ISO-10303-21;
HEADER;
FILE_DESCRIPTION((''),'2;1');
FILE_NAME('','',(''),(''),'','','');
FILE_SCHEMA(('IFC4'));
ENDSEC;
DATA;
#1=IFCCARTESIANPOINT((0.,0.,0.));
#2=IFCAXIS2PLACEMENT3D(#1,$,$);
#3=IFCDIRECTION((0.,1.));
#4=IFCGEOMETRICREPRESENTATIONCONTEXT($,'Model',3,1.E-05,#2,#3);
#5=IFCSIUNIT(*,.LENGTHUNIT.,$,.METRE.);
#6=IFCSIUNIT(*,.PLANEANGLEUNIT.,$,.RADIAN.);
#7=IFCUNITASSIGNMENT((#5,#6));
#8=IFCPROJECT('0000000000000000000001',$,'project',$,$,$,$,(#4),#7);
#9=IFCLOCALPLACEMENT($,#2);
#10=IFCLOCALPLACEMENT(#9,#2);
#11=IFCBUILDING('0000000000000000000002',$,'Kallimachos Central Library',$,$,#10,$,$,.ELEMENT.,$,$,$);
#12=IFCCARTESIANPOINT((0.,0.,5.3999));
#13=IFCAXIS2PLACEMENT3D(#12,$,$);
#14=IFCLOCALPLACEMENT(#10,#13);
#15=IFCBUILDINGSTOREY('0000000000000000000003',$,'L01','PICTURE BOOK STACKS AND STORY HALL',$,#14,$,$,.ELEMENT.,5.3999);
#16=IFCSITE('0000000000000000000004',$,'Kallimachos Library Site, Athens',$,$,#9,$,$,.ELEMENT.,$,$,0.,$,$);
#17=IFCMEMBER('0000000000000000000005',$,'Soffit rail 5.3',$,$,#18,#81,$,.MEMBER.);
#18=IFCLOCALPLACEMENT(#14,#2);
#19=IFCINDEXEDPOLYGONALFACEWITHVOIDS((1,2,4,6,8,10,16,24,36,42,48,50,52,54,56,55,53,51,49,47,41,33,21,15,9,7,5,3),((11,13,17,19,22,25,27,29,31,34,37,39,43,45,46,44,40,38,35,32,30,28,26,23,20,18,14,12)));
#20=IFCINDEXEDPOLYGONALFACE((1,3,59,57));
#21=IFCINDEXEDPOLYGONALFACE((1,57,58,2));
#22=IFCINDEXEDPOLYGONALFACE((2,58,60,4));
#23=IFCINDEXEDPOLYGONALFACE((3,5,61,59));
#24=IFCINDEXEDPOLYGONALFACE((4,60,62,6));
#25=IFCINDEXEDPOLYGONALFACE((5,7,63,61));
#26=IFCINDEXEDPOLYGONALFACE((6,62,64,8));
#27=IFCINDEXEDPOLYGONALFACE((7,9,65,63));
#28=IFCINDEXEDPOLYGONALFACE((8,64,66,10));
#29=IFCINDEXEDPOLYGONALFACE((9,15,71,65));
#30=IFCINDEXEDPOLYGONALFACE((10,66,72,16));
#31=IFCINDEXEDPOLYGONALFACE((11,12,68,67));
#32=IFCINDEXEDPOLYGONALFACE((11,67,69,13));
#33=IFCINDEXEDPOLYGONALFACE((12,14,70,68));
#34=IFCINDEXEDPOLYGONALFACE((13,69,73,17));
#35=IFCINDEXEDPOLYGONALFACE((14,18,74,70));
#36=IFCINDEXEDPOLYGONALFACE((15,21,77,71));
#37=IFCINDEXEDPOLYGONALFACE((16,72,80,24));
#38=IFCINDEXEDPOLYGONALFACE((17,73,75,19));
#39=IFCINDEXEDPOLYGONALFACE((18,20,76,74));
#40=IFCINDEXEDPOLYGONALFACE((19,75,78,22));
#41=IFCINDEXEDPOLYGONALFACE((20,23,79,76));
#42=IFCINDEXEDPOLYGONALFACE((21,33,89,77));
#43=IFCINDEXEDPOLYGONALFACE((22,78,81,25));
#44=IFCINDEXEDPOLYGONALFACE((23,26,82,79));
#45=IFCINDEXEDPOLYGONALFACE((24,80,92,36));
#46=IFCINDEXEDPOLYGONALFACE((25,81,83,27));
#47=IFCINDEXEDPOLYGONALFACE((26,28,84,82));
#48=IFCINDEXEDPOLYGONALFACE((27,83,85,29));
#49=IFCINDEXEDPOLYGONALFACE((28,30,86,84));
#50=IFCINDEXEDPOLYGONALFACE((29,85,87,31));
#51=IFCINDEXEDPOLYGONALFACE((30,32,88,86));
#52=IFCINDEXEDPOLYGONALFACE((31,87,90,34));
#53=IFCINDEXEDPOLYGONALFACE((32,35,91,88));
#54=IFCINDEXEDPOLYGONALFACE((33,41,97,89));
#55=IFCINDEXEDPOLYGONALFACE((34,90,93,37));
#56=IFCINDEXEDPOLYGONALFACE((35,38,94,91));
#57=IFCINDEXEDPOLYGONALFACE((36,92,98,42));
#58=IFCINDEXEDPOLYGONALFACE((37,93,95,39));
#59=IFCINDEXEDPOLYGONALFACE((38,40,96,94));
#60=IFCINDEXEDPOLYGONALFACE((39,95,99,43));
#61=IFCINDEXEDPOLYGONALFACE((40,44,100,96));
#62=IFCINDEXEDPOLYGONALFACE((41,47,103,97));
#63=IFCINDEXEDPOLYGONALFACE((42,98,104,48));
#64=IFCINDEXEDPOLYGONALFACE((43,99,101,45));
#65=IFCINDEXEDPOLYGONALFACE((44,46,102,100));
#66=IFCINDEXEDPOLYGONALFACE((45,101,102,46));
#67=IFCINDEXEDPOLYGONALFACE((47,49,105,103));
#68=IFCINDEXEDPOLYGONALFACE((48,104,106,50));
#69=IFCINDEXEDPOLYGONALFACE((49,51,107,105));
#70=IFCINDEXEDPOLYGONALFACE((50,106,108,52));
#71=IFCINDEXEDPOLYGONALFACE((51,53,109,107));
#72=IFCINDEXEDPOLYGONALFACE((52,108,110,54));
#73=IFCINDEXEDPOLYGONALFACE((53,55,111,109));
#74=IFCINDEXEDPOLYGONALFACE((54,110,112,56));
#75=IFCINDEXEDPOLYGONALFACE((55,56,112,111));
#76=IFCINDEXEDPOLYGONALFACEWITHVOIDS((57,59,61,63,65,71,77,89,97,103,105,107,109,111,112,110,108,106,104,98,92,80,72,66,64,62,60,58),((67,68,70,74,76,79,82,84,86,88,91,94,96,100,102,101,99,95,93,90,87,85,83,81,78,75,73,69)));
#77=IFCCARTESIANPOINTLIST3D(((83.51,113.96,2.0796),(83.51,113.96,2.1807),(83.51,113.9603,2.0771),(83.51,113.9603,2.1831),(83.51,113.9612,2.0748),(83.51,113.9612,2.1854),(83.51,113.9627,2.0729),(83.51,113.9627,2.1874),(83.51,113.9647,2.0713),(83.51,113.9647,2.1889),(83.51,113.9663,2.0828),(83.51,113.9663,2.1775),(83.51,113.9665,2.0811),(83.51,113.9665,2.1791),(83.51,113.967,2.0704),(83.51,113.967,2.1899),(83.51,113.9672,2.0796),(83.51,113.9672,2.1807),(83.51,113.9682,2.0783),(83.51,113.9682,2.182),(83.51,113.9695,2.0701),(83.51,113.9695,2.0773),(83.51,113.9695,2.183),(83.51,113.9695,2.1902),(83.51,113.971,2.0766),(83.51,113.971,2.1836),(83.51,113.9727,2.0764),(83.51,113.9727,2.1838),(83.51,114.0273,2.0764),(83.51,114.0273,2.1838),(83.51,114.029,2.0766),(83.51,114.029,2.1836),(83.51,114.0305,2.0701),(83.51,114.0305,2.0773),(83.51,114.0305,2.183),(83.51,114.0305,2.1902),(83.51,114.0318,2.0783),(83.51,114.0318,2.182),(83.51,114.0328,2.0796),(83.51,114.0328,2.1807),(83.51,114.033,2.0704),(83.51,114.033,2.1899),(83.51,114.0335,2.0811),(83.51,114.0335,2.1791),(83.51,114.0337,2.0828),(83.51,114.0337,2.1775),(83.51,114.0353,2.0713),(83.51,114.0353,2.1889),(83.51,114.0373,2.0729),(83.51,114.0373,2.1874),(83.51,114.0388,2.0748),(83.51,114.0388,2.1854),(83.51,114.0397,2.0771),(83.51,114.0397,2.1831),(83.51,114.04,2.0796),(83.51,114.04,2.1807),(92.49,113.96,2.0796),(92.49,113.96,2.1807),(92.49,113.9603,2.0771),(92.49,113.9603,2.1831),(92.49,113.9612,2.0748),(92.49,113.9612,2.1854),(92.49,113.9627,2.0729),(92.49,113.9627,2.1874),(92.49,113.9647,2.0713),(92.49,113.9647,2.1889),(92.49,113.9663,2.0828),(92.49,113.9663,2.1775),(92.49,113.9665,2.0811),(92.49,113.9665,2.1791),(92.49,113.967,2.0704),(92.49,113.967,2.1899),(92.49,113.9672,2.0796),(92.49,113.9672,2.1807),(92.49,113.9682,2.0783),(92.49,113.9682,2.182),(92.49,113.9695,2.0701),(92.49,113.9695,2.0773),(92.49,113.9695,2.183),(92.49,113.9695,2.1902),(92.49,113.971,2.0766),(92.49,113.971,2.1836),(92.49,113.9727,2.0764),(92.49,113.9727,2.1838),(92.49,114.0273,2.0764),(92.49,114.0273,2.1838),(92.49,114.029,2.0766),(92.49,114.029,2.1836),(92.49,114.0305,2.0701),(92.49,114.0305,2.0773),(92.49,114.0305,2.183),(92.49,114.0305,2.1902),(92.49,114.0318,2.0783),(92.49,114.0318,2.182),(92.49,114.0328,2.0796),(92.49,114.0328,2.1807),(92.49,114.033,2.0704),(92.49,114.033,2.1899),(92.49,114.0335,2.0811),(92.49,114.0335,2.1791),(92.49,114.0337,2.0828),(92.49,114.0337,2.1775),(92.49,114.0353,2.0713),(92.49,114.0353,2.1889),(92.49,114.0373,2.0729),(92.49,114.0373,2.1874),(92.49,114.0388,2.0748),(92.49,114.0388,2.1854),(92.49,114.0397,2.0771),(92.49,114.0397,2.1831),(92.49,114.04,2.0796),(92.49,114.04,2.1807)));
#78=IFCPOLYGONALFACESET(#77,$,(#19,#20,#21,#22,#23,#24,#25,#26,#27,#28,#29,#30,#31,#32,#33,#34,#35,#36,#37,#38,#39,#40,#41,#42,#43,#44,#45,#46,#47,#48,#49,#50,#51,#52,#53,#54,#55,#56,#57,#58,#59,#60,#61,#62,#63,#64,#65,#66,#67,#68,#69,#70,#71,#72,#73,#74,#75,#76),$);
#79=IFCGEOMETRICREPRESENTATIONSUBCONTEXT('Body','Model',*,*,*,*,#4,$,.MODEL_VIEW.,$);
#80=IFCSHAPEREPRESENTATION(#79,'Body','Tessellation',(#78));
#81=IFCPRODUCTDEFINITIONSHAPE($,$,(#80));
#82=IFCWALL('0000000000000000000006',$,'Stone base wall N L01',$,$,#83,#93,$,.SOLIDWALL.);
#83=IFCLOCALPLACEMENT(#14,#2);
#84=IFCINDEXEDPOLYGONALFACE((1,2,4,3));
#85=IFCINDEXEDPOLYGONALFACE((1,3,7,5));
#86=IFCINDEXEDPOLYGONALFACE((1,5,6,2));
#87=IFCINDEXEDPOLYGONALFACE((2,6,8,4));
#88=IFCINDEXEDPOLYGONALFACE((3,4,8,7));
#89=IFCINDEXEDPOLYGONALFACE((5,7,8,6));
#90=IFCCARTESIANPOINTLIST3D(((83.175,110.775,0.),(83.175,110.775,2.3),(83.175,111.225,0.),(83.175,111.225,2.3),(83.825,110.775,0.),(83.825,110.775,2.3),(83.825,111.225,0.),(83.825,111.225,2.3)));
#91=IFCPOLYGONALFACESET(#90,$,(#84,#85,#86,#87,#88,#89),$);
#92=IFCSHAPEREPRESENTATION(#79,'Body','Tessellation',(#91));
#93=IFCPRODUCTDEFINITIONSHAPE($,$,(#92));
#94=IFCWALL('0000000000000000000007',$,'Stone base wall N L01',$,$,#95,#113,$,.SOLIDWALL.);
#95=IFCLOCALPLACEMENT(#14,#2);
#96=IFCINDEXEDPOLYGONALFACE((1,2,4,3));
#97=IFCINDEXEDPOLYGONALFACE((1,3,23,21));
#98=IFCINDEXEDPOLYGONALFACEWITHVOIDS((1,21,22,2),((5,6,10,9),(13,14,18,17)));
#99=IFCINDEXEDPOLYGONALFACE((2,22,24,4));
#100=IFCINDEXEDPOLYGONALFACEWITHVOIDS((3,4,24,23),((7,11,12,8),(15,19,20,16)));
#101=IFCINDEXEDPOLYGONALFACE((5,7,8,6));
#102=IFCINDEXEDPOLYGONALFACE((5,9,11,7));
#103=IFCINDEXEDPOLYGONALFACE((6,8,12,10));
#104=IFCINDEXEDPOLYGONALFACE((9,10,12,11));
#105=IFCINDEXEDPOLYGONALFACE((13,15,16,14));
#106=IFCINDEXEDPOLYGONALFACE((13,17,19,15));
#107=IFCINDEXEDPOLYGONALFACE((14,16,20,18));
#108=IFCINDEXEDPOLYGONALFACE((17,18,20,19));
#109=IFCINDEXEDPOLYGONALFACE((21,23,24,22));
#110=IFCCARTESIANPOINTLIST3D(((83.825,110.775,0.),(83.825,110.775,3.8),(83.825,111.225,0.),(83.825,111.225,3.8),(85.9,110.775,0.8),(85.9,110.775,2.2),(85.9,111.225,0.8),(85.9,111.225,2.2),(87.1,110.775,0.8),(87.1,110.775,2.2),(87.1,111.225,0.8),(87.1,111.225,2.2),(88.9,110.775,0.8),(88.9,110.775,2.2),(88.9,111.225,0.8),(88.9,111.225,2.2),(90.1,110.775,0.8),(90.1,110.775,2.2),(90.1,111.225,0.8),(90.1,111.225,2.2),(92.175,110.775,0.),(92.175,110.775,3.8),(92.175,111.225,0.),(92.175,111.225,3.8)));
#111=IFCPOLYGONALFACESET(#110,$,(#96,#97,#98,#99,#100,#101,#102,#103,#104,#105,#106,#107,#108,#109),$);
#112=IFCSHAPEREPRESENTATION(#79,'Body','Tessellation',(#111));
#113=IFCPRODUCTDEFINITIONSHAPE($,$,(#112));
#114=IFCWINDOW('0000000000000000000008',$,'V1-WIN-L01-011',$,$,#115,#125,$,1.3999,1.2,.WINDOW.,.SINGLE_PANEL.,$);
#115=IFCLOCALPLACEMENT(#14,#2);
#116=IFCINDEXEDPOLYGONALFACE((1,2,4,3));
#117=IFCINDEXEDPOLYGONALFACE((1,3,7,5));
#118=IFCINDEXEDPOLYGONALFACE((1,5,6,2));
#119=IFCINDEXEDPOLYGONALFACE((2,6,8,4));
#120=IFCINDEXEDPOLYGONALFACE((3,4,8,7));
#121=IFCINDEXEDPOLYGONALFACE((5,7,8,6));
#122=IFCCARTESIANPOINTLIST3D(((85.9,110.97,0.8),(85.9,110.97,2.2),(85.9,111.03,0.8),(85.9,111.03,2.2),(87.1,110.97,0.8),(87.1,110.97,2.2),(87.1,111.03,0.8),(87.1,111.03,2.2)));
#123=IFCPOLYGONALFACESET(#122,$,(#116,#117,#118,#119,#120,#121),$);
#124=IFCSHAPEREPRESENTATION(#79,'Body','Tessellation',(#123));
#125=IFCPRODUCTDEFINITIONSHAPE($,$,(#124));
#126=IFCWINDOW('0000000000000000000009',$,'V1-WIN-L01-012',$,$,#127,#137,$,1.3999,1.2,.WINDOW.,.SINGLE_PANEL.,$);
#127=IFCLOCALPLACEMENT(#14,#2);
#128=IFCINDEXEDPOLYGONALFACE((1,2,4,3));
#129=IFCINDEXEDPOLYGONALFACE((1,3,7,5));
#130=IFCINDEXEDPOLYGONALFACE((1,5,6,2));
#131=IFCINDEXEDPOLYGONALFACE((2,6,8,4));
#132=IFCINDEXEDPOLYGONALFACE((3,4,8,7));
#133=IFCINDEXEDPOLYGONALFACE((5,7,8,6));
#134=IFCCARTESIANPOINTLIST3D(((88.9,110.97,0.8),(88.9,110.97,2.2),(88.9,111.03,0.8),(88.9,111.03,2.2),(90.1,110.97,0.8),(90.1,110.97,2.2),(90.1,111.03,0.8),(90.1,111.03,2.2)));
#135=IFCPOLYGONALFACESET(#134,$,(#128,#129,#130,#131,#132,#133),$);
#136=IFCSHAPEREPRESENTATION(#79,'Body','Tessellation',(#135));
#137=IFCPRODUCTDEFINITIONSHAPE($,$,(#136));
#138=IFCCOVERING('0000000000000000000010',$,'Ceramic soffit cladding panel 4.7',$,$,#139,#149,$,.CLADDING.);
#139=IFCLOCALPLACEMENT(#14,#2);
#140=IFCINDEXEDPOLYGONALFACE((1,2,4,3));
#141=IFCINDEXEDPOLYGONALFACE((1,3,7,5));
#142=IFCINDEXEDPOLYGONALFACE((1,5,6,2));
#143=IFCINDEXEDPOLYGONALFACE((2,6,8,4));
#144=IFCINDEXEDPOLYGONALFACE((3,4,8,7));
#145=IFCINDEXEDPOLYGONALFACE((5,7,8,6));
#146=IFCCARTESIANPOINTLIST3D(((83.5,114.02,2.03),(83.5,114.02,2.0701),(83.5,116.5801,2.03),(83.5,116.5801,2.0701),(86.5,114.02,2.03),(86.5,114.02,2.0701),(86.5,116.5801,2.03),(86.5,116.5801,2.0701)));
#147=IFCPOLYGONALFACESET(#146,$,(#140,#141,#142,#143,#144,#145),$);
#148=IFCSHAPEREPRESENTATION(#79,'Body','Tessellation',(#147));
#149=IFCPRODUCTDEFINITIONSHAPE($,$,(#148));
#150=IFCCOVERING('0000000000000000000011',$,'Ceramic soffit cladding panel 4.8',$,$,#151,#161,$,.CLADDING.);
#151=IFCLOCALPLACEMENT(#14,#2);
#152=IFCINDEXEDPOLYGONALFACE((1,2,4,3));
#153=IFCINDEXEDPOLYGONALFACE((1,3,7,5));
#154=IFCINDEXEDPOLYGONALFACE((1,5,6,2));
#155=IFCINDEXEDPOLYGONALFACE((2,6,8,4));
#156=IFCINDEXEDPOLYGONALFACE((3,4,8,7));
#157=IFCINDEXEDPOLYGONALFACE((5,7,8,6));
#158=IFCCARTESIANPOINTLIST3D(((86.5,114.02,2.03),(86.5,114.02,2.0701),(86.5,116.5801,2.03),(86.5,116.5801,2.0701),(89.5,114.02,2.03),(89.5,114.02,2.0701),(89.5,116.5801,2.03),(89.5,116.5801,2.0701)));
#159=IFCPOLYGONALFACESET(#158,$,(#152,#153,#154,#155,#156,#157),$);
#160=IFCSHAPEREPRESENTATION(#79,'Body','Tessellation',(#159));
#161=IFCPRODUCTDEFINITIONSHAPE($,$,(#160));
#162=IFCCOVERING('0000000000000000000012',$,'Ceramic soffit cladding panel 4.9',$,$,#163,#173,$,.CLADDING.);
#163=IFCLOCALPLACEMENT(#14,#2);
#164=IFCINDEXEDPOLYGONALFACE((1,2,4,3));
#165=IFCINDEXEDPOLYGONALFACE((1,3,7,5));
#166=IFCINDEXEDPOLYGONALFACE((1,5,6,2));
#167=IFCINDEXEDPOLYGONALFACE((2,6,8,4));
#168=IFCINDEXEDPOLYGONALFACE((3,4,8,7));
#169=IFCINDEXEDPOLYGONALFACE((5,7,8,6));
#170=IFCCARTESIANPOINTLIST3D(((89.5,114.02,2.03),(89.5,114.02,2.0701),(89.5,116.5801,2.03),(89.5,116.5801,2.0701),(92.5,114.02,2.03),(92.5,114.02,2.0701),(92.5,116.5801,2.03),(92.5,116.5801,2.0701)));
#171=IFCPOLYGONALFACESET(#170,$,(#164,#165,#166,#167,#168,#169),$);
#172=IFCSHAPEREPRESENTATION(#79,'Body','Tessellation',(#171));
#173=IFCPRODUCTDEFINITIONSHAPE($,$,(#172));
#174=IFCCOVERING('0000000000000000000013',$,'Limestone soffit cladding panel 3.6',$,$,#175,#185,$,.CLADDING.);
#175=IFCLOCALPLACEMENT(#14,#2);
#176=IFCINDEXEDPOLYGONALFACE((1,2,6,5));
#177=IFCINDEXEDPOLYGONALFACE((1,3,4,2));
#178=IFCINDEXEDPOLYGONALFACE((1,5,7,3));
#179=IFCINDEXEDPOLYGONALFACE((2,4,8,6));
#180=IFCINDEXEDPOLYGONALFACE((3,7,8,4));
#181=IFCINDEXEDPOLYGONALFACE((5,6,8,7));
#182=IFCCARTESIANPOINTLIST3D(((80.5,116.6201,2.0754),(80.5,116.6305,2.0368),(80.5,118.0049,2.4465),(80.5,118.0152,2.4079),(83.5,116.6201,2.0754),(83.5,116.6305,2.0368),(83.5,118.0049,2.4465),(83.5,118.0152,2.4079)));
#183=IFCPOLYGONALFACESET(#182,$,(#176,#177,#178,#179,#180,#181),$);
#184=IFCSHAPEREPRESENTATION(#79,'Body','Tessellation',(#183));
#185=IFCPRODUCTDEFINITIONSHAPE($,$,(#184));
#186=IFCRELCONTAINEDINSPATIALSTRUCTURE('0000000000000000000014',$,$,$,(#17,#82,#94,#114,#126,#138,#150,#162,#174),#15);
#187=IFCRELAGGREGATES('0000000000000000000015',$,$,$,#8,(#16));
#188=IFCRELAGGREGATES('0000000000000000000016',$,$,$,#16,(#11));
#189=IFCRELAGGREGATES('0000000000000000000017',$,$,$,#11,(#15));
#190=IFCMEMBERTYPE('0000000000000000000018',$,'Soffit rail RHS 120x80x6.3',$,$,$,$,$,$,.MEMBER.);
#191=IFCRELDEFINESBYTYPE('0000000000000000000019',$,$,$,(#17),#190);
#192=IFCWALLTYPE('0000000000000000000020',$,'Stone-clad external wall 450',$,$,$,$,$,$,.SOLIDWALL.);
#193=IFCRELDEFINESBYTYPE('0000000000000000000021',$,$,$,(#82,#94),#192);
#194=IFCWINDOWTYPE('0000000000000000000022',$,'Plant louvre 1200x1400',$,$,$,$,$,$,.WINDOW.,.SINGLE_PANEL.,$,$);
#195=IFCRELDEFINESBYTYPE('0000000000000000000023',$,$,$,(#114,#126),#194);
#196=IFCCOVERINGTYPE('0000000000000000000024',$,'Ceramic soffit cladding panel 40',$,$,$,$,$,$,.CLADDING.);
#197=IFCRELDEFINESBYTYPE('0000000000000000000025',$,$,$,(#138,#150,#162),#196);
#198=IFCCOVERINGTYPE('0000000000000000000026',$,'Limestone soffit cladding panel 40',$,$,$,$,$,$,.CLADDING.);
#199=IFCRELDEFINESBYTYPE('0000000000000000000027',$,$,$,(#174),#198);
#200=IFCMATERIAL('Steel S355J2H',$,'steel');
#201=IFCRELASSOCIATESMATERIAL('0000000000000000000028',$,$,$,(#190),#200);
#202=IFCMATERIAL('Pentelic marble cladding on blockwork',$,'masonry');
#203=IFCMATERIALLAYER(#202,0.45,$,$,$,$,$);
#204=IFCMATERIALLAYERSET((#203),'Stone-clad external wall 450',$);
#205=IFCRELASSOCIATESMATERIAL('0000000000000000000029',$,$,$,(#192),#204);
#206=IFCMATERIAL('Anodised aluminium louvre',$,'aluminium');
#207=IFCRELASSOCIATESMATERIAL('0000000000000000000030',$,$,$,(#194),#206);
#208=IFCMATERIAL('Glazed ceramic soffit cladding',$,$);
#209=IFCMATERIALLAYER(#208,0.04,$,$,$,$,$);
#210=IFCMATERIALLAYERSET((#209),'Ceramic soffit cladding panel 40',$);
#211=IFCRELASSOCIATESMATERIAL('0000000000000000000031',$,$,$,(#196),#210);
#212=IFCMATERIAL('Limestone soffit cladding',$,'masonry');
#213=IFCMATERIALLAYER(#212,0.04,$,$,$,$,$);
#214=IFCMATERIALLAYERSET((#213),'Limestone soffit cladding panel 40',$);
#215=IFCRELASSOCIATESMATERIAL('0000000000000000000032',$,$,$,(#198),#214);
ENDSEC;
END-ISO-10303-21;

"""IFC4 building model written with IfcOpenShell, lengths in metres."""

from ifc_helpers import new_model, si_unit, direction, frame, frame_2d, origin, origin_2d, place, context, subcontext, project, spatial, polyline, rectangle, hollow_rectangle, outline, extrude, material, layer, layer_set, material_profile, profile_set, type_object, element, fill, save


model = new_model("IFC4")

# Units and contexts
model_context = context("Model", 3, precision=1e-05, world=origin(), true_north=direction((0.0, 1.0)))
body_context = subcontext(model_context, "Body", "Model", "MODEL_VIEW")
ifc_project = project(units=[si_unit("LENGTHUNIT", "METRE"), si_unit("PLANEANGLEUNIT", "RADIAN")], contexts=[model_context])

# Site, building, storey
site_placement = place(None, origin())
site = spatial("IfcSite", under=ifc_project, at=site_placement, Name="Kallimachos Library Site, Athens", CompositionType="ELEMENT", RefElevation=0.0)
building_placement = place(site_placement, origin())
building = spatial("IfcBuilding", under=site, at=building_placement, Name="Kallimachos Central Library", CompositionType="ELEMENT")
storey_placement = place(building_placement, frame((0.0, 0.0, 5.3999)))
storey = spatial("IfcBuildingStorey", under=building, at=storey_placement, Name="L01", Description="PICTURE BOOK STACKS AND STORY HALL", CompositionType="ELEMENT", Elevation=5.3999)

# Member
ifc_material_1 = material(Name="Steel S355J2H", Category="steel")
ifc_material_profile_1 = material_profile(ifc_material_1, hollow_rectangle(XDim=0.0801, YDim=0.1201, WallThickness=0.0063, InnerFilletRadius=0.0063, OuterFilletRadius=0.0095, at=origin_2d()), Name="RHS 120x80x6.3")
ifc_profile_set_1 = profile_set([ifc_material_profile_1], Name="Steel S355J2H")
member_type_1 = type_object("IfcMemberType", Name="Soffit rail RHS 120x80x6.3", PredefinedType="MEMBER", material=ifc_profile_set_1)
for number, where, z_axis, x_axis, name in (
    (1, (83.51, 114.0, 2.1301), (1.0, 0.0, 0.0), (0.0, 1.0, 0.0), "Soffit rail 5.3"),
):
    element("IfcMember", number, at=place(storey_placement, frame(where, z_axis=z_axis, x_axis=x_axis)), inside=storey, type_object=member_type_1, Name=name, PredefinedType="MEMBER", context=body_context, shape_type="SweptSolid", body=[
        extrude(hollow_rectangle(XDim=0.0801, YDim=0.1201, WallThickness=0.0063, InnerFilletRadius=0.0063, OuterFilletRadius=0.0095, at=origin_2d()), origin(), (0.0, 0.0, 1.0), 8.98),
    ])

# Wall
ifc_material_2 = material(Name="Pentelic marble cladding on blockwork", Category="masonry")
ifc_layer_1 = layer(ifc_material_2, 0.45)
ifc_layer_set_1 = layer_set([ifc_layer_1], Name="Stone-clad external wall 450")
wall_type = type_object("IfcWallType", Name="Stone-clad external wall 450", PredefinedType="SOLIDWALL", material=ifc_layer_set_1)
wall_1_placement = place(storey_placement, frame((83.175, 111.0, 0.0), z_axis=(0.0, 0.0, 1.0), x_axis=(1.0, 0.0, 0.0)))
element("IfcWall", 2, at=wall_1_placement, inside=storey, type_object=wall_type, Name="Stone base wall N L01", PredefinedType="SOLIDWALL", context=body_context, shape_type="SweptSolid", body=[
    extrude(rectangle(XDim=0.6499, YDim=0.45, at=frame_2d((0.325, 0.0))), origin(), (0.0, 0.0, 1.0), 2.3),
])

# Wall, openings, windows
wall_2_placement = place(storey_placement, frame((83.825, 111.0, 0.0), z_axis=(0.0, 0.0, 1.0), x_axis=(1.0, 0.0, 0.0)))
wall_2 = element("IfcWall", 3, at=wall_2_placement, inside=storey, type_object=wall_type, Name="Stone base wall N L01", PredefinedType="SOLIDWALL", context=body_context, shape_type="SweptSolid", body=[
    extrude(rectangle(XDim=8.3501, YDim=0.45, at=frame_2d((4.175, 0.0))), origin(), (0.0, 0.0, 1.0), 3.8),
])
opening_1_placement = place(wall_2_placement, frame((2.075, 0.0, 0.8)))
opening_1 = element("IfcOpeningElement", 4, at=opening_1_placement, cuts=wall_2, PredefinedType="OPENING", context=body_context, shape_type="SweptSolid", body=[
    extrude(rectangle(XDim=1.2, YDim=1.3999, at=frame_2d((0.6001, 0.7))), frame((0.0, 0.2349, 0.0), z_axis=(0.0, -1.0, 0.0), x_axis=(1.0, 0.0, 0.0)), (0.0, 0.0, 1.0), 0.47),
])
opening_2_placement = place(wall_2_placement, frame((5.075, 0.0, 0.8)))
opening_2 = element("IfcOpeningElement", 5, at=opening_2_placement, cuts=wall_2, PredefinedType="OPENING", context=body_context, shape_type="SweptSolid", body=[
    extrude(rectangle(XDim=1.2, YDim=1.3999, at=frame_2d((0.6001, 0.7))), frame((0.0, 0.2349, 0.0), z_axis=(0.0, -1.0, 0.0), x_axis=(1.0, 0.0, 0.0)), (0.0, 0.0, 1.0), 0.47),
])
ifc_material_3 = material(Name="Anodised aluminium louvre", Category="aluminium")
window_type = type_object("IfcWindowType", Name="Plant louvre 1200x1400", PartitioningType="SINGLE_PANEL", PredefinedType="WINDOW", material=ifc_material_3)
window_1_placement = place(opening_1_placement, origin())
window_1 = element("IfcWindow", 6, at=window_1_placement, inside=storey, type_object=window_type, Name="V1-WIN-L01-011", OverallHeight=1.3999, OverallWidth=1.2, PartitioningType="SINGLE_PANEL", PredefinedType="WINDOW", context=body_context, shape_type="SweptSolid", body=[
    extrude(rectangle(XDim=1.2, YDim=1.3999, at=frame_2d((0.6001, 0.7))), frame((0.0, 0.03, 0.0), z_axis=(0.0, -1.0, 0.0), x_axis=(1.0, 0.0, 0.0)), (0.0, 0.0, 1.0), 0.0601),
])
fill(opening_1, window_1)
window_2_placement = place(opening_2_placement, origin())
window_2 = element("IfcWindow", 7, at=window_2_placement, inside=storey, type_object=window_type, Name="V1-WIN-L01-012", OverallHeight=1.3999, OverallWidth=1.2, PartitioningType="SINGLE_PANEL", PredefinedType="WINDOW", context=body_context, shape_type="SweptSolid", body=[
    extrude(rectangle(XDim=1.2, YDim=1.3999, at=frame_2d((0.6001, 0.7))), frame((0.0, 0.03, 0.0), z_axis=(0.0, -1.0, 0.0), x_axis=(1.0, 0.0, 0.0)), (0.0, 0.0, 1.0), 0.0601),
])
fill(opening_2, window_2)

# Coverings
ifc_material_4 = material(Name="Glazed ceramic soffit cladding")
ifc_layer_2 = layer(ifc_material_4, 0.04)
ifc_layer_set_2 = layer_set([ifc_layer_2], Name="Ceramic soffit cladding panel 40")
covering_type_1 = type_object("IfcCoveringType", Name="Ceramic soffit cladding panel 40", PredefinedType="CLADDING", material=ifc_layer_set_2)
for number, where, z_axis, x_axis, name in (
    (8, (83.5, 116.5801, 2.0701), (0.0, 0.0, 1.0), (1.0, 0.0, 0.0), "Ceramic soffit cladding panel 4.7"),
    (9, (86.5, 116.5801, 2.0701), (0.0, 0.0, 1.0), (1.0, 0.0, 0.0), "Ceramic soffit cladding panel 4.8"),
    (10, (89.5, 116.5801, 2.0701), (0.0, 0.0, 1.0), (1.0, 0.0, 0.0), "Ceramic soffit cladding panel 4.9"),
):
    element("IfcCovering", number, at=place(storey_placement, frame(where, z_axis=z_axis, x_axis=x_axis)), inside=storey, type_object=covering_type_1, Name=name, PredefinedType="CLADDING", context=body_context, shape_type="SweptSolid", body=[
        extrude(outline(polyline([(0.0, 0.0), (3.0, 0.0), (3.0, -2.5601), (0.0, -2.5601), (0.0, 0.0)])), origin(), (0.0, 0.0, -1.0), 0.04),
    ])
ifc_material_5 = material(Name="Limestone soffit cladding", Category="masonry")
ifc_layer_3 = layer(ifc_material_5, 0.04)
ifc_layer_set_3 = layer_set([ifc_layer_3], Name="Limestone soffit cladding panel 40")
covering_type_2 = type_object("IfcCoveringType", Name="Limestone soffit cladding panel 40", PredefinedType="CLADDING", material=ifc_layer_set_3)
for number, where, z_axis, x_axis, name in (
    (11, (80.5, 118.0049, 2.4465), (0.0, -0.25885, 0.965918), (1.0, 0.0, 0.0), "Limestone soffit cladding panel 3.6"),
):
    element("IfcCovering", number, at=place(storey_placement, frame(where, z_axis=z_axis, x_axis=x_axis)), inside=storey, type_object=covering_type_2, Name=name, PredefinedType="CLADDING", context=body_context, shape_type="SweptSolid", body=[
        extrude(outline(polyline([(0.0, 0.0), (3.0, 0.0), (3.0, -1.4336), (0.0, -1.4336), (0.0, 0.0)])), origin(), (0.0, 0.0, -1.0), 0.04),
    ])

save(model, "model.ifc")
